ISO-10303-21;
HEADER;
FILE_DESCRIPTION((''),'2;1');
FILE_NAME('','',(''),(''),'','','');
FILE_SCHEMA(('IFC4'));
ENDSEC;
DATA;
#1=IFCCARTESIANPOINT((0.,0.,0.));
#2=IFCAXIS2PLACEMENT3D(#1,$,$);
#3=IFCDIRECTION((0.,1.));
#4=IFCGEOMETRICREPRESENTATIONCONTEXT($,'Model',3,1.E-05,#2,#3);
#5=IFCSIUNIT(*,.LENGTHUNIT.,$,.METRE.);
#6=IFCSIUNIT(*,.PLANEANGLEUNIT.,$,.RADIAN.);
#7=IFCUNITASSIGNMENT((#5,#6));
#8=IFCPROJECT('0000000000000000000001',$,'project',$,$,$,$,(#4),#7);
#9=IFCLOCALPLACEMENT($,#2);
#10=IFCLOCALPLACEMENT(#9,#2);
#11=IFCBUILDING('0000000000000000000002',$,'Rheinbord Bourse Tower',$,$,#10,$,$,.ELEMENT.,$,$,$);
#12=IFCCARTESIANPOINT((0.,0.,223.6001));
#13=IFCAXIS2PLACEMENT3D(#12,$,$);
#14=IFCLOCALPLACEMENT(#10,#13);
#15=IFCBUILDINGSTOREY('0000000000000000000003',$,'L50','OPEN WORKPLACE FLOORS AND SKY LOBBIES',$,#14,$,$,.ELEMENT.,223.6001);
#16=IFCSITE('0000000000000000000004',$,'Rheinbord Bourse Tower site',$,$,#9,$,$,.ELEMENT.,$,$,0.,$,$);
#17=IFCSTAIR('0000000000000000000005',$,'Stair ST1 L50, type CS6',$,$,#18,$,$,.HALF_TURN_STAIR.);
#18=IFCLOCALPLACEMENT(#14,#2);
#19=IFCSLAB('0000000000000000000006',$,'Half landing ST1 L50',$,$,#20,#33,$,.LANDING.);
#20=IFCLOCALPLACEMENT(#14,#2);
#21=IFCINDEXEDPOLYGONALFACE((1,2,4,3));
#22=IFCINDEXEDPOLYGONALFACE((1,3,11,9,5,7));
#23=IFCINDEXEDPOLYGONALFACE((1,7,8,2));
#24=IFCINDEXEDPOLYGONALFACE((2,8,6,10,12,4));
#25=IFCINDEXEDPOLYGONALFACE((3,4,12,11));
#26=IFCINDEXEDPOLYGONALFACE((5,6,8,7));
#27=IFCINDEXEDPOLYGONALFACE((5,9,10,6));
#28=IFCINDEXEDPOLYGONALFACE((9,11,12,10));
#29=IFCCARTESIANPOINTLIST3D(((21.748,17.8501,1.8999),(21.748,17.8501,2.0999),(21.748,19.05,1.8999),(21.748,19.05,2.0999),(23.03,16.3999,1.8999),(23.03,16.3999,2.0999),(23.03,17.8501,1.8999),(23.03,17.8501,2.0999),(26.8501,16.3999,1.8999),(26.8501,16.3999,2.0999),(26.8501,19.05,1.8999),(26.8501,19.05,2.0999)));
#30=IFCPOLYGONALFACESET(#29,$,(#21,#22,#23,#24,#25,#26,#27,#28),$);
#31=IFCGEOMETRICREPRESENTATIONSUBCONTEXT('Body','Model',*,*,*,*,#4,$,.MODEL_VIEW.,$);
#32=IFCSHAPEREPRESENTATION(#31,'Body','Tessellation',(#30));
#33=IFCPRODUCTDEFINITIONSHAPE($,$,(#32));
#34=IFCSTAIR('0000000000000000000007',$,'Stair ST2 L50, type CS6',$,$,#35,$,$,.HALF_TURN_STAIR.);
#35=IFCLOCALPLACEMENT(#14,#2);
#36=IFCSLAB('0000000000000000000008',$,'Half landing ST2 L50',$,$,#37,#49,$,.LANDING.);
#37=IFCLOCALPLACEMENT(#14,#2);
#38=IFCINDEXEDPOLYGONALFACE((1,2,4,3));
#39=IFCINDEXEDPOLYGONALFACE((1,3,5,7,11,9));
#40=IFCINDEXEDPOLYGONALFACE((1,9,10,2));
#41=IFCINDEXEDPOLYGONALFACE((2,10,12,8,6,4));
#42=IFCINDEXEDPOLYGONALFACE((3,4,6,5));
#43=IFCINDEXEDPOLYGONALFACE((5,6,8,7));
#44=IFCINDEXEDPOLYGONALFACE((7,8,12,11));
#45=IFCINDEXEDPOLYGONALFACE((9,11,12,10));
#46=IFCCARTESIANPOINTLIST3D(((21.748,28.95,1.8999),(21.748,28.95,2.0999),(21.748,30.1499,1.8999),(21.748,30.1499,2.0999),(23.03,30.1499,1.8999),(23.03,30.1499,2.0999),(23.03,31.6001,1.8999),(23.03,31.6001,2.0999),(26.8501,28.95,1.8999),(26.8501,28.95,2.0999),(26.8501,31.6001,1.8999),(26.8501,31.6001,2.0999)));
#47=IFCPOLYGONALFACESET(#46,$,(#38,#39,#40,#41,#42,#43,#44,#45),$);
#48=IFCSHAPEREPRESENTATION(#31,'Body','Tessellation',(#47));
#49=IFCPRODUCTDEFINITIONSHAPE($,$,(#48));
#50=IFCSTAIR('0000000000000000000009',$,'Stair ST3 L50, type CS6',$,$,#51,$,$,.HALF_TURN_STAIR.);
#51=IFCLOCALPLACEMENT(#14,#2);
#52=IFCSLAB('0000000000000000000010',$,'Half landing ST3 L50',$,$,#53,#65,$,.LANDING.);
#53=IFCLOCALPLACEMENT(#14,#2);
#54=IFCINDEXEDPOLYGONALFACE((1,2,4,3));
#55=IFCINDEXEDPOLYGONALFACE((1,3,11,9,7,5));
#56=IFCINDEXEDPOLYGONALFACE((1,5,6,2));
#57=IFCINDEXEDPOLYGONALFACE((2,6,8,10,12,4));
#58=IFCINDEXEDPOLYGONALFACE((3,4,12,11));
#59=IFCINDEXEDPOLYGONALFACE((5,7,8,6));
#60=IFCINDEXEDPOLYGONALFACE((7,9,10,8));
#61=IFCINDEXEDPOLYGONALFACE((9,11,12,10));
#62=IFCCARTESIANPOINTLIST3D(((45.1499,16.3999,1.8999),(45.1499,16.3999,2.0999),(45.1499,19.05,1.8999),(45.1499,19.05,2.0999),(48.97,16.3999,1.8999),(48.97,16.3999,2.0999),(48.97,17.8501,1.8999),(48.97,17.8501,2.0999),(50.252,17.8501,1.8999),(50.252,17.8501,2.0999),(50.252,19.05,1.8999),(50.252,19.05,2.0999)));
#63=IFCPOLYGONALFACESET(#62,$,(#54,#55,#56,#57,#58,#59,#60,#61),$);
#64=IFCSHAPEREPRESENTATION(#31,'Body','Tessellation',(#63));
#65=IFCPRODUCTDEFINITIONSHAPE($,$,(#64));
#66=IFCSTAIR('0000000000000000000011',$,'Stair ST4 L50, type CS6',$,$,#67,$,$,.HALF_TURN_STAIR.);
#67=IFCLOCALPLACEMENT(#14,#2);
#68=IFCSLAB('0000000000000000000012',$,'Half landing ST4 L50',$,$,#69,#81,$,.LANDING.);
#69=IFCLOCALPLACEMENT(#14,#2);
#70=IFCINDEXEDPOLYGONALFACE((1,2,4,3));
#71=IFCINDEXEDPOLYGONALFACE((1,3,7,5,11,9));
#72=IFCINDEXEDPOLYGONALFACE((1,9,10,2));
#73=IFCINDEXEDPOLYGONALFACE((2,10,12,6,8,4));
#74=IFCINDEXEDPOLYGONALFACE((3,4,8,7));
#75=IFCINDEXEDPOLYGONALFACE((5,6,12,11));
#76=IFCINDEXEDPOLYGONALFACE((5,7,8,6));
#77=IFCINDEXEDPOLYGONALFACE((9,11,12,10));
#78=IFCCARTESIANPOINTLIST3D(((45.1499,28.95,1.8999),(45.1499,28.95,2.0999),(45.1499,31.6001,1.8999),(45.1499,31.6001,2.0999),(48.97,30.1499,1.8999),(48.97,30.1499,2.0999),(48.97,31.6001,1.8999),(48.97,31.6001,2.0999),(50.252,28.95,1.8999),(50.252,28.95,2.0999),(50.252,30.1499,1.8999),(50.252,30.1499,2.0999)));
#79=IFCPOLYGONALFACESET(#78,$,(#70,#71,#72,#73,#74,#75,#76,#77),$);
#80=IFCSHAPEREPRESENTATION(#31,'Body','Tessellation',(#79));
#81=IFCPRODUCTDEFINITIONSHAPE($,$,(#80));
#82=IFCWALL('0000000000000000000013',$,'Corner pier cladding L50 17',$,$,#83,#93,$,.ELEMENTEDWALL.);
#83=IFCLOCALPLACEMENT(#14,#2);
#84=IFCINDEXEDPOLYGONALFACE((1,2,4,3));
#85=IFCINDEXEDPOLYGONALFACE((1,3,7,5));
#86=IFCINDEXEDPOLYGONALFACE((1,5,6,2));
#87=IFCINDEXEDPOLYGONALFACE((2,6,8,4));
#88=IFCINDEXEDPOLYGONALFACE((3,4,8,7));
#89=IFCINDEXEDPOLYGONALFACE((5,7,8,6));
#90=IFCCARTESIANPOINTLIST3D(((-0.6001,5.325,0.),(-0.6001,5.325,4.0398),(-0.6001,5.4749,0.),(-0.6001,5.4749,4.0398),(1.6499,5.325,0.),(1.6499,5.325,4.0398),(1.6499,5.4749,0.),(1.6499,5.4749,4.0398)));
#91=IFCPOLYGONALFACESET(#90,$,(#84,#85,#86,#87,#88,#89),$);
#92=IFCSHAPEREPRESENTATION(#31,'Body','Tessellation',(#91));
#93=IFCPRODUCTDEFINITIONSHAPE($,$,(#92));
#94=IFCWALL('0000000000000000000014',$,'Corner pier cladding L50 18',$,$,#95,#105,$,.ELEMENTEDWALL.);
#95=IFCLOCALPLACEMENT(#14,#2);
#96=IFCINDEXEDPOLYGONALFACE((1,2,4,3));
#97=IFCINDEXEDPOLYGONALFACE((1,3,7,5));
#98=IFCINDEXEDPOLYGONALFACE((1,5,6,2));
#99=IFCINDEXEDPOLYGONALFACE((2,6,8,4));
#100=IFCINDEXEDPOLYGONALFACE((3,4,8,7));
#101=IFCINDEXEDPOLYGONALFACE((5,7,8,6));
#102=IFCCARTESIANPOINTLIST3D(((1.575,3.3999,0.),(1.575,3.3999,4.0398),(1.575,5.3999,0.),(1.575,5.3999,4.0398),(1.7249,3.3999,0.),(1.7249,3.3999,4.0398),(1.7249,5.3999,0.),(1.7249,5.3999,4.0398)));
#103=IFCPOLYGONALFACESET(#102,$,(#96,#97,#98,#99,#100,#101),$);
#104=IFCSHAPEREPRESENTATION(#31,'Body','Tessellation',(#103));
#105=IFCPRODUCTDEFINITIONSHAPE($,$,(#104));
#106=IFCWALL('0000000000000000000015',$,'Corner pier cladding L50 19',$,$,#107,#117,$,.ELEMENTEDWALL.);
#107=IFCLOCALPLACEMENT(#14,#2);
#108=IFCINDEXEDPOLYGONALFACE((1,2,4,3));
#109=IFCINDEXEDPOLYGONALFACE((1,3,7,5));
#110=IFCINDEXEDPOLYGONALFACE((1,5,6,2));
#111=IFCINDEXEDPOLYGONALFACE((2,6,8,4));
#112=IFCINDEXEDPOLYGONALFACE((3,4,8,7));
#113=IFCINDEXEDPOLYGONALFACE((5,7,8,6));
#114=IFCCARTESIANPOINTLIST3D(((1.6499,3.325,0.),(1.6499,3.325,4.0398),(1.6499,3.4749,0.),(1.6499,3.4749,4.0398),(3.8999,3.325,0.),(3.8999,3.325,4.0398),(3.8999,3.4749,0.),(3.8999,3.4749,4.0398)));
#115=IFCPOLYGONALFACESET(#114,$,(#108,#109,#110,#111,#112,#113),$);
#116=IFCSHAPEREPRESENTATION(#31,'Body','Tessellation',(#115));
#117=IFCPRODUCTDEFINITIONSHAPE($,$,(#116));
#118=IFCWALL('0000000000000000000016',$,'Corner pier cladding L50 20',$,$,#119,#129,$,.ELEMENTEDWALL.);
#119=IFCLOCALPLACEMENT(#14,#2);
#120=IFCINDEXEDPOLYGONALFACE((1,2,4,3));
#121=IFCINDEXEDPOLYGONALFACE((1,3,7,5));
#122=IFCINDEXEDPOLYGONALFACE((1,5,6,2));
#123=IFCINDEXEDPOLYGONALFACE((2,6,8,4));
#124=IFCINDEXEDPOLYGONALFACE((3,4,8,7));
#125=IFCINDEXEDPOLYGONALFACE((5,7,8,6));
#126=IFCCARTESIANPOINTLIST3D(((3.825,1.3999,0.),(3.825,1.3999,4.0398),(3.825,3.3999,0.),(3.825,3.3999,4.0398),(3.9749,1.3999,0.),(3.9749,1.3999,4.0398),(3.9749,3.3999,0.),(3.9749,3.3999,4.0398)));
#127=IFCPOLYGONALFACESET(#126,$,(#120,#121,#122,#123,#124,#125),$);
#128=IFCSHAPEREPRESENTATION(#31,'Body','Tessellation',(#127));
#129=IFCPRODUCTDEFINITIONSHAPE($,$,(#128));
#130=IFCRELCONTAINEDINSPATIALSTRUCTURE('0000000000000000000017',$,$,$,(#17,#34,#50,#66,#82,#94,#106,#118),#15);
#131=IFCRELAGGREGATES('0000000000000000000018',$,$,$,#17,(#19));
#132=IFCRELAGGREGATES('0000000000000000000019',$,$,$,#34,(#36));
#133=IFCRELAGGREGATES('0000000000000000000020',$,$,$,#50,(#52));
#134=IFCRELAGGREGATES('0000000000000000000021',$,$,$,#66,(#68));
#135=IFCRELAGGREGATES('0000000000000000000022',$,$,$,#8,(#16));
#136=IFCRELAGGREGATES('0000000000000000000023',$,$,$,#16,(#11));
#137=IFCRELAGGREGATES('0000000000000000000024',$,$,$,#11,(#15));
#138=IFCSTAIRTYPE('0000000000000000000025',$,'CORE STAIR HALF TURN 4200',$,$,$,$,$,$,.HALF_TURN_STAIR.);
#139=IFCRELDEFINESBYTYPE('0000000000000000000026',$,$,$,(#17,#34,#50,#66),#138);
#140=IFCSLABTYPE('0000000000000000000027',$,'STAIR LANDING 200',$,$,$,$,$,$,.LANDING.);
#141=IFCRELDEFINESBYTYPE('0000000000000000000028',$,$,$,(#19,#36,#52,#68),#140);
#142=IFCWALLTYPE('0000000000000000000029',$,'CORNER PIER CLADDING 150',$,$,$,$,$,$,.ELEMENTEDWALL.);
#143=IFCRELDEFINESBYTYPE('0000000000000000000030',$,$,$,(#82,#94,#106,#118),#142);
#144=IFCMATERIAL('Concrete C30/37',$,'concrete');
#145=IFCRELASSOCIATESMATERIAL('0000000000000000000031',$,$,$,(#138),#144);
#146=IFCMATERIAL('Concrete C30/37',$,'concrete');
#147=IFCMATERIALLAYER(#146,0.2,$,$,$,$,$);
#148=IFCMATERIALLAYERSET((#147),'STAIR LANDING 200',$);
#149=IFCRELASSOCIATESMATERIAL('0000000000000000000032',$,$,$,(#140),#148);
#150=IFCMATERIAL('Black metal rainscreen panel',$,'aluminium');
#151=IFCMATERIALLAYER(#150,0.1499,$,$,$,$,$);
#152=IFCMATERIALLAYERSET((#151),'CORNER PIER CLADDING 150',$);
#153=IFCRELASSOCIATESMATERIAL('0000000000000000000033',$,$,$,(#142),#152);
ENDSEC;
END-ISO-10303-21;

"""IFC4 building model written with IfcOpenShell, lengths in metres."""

from ifc_helpers import new_model, si_unit, direction, frame, frame_2d, origin, place, context, subcontext, project, spatial, polyline, rectangle, outline, extrude, material, layer, layer_set, type_object, element, aggregate, save


model = new_model("IFC4")

# Units and contexts
model_context = context("Model", 3, precision=1e-05, world=origin(), true_north=direction((0.0, 1.0)))
body_context = subcontext(model_context, "Body", "Model", "MODEL_VIEW")
ifc_project = project(units=[si_unit("LENGTHUNIT", "METRE"), si_unit("PLANEANGLEUNIT", "RADIAN")], contexts=[model_context])

# Site, building, storey
site_placement = place(None, origin())
site = spatial("IfcSite", under=ifc_project, at=site_placement, Name="Rheinbord Bourse Tower site", CompositionType="ELEMENT", RefElevation=0.0)
building_placement = place(site_placement, origin())
building = spatial("IfcBuilding", under=site, at=building_placement, Name="Rheinbord Bourse Tower", CompositionType="ELEMENT")
storey_placement = place(building_placement, frame((0.0, 0.0, 223.6001)))
storey = spatial("IfcBuildingStorey", under=building, at=storey_placement, Name="L50", Description="OPEN WORKPLACE FLOORS AND SKY LOBBIES", CompositionType="ELEMENT", Elevation=223.6001)

# Stairs, slabs
ifc_material_1 = material(Name="Concrete C30/37", Category="concrete")
stair_type = type_object("IfcStairType", Name="CORE STAIR HALF TURN 4200", PredefinedType="HALF_TURN_STAIR", material=ifc_material_1)
stair_1_placement = place(storey_placement, origin())
stair_1 = element("IfcStair", 1, at=stair_1_placement, inside=storey, type_object=stair_type, Name="Stair ST1 L50, type CS6", PredefinedType="HALF_TURN_STAIR")
ifc_material_2 = material(Name="Concrete C30/37", Category="concrete")
ifc_layer_1 = layer(ifc_material_2, 0.2)
ifc_layer_set_1 = layer_set([ifc_layer_1], Name="STAIR LANDING 200")
slab_type_1 = type_object("IfcSlabType", Name="STAIR LANDING 200", PredefinedType="LANDING", material=ifc_layer_set_1)
slab_1_placement = place(storey_placement, frame((0.0, 0.0, 1.8999)))
slab_1 = element("IfcSlab", 2, at=slab_1_placement, type_object=slab_type_1, Name="Half landing ST1 L50", PredefinedType="LANDING", context=body_context, shape_type="SweptSolid", body=[
    extrude(outline(polyline([(23.03, 16.3999), (26.8501, 16.3999), (26.8501, 19.05), (21.748, 19.05), (21.748, 17.8501), (23.03, 17.8501), (23.03, 16.3999)])), origin(), (0.0, 0.0, 1.0), 0.2),
])
aggregate(stair_1, [slab_1])
stair_2_placement = place(storey_placement, origin())
stair_2 = element("IfcStair", 3, at=stair_2_placement, inside=storey, type_object=stair_type, Name="Stair ST2 L50, type CS6", PredefinedType="HALF_TURN_STAIR")
slab_2_placement = place(storey_placement, frame((0.0, 0.0, 1.8999)))
slab_2 = element("IfcSlab", 4, at=slab_2_placement, type_object=slab_type_1, Name="Half landing ST2 L50", PredefinedType="LANDING", context=body_context, shape_type="SweptSolid", body=[
    extrude(outline(polyline([(21.748, 28.95), (26.8501, 28.95), (26.8501, 31.6001), (23.03, 31.6001), (23.03, 30.1499), (21.748, 30.1499), (21.748, 28.95)])), origin(), (0.0, 0.0, 1.0), 0.2),
])
aggregate(stair_2, [slab_2])
stair_3_placement = place(storey_placement, origin())
stair_3 = element("IfcStair", 5, at=stair_3_placement, inside=storey, type_object=stair_type, Name="Stair ST3 L50, type CS6", PredefinedType="HALF_TURN_STAIR")
slab_3_placement = place(storey_placement, frame((0.0, 0.0, 1.8999)))
slab_3 = element("IfcSlab", 6, at=slab_3_placement, type_object=slab_type_1, Name="Half landing ST3 L50", PredefinedType="LANDING", context=body_context, shape_type="SweptSolid", body=[
    extrude(outline(polyline([(45.1499, 16.3999), (48.97, 16.3999), (48.97, 17.8501), (50.252, 17.8501), (50.252, 19.05), (45.1499, 19.05), (45.1499, 16.3999)])), origin(), (0.0, 0.0, 1.0), 0.2),
])
aggregate(stair_3, [slab_3])
stair_4_placement = place(storey_placement, origin())
stair_4 = element("IfcStair", 7, at=stair_4_placement, inside=storey, type_object=stair_type, Name="Stair ST4 L50, type CS6", PredefinedType="HALF_TURN_STAIR")
slab_4_placement = place(storey_placement, frame((0.0, 0.0, 1.8999)))
slab_4 = element("IfcSlab", 8, at=slab_4_placement, type_object=slab_type_1, Name="Half landing ST4 L50", PredefinedType="LANDING", context=body_context, shape_type="SweptSolid", body=[
    extrude(outline(polyline([(45.1499, 28.95), (50.252, 28.95), (50.252, 30.1499), (48.97, 30.1499), (48.97, 31.6001), (45.1499, 31.6001), (45.1499, 28.95)])), origin(), (0.0, 0.0, 1.0), 0.2),
])
aggregate(stair_4, [slab_4])

# Walls
ifc_material_3 = material(Name="Black metal rainscreen panel", Category="aluminium")
ifc_layer_2 = layer(ifc_material_3, 0.1499)
ifc_layer_set_2 = layer_set([ifc_layer_2], Name="CORNER PIER CLADDING 150")
wall_type = type_object("IfcWallType", Name="CORNER PIER CLADDING 150", PredefinedType="ELEMENTEDWALL", material=ifc_layer_set_2)
wall_1_placement = place(storey_placement, frame((-0.6001, 5.3999, 0.0), z_axis=(0.0, 0.0, 1.0), x_axis=(1.0, 0.0, 0.0)))
element("IfcWall", 9, at=wall_1_placement, inside=storey, type_object=wall_type, Name="Corner pier cladding L50 17", PredefinedType="ELEMENTEDWALL", context=body_context, shape_type="SweptSolid", body=[
    extrude(rectangle(XDim=2.25, YDim=0.1499, at=frame_2d((1.125, 0.0))), origin(), (0.0, 0.0, 1.0), 4.0398),
])
wall_2_placement = place(storey_placement, frame((1.6499, 5.3999, 0.0), z_axis=(0.0, 0.0, 1.0), x_axis=(0.0, -1.0, 0.0)))
element("IfcWall", 10, at=wall_2_placement, inside=storey, type_object=wall_type, Name="Corner pier cladding L50 18", PredefinedType="ELEMENTEDWALL", context=body_context, shape_type="SweptSolid", body=[
    extrude(rectangle(XDim=2.0, YDim=0.1499, at=frame_2d((1.0, 0.0))), origin(), (0.0, 0.0, 1.0), 4.0398),
])
wall_3_placement = place(storey_placement, frame((1.6499, 3.3999, 0.0), z_axis=(0.0, 0.0, 1.0), x_axis=(1.0, 0.0, 0.0)))
element("IfcWall", 11, at=wall_3_placement, inside=storey, type_object=wall_type, Name="Corner pier cladding L50 19", PredefinedType="ELEMENTEDWALL", context=body_context, shape_type="SweptSolid", body=[
    extrude(rectangle(XDim=2.25, YDim=0.1499, at=frame_2d((1.125, 0.0))), origin(), (0.0, 0.0, 1.0), 4.0398),
])
wall_4_placement = place(storey_placement, frame((3.8999, 3.3999, 0.0), z_axis=(0.0, 0.0, 1.0), x_axis=(0.0, -1.0, 0.0)))
element("IfcWall", 12, at=wall_4_placement, inside=storey, type_object=wall_type, Name="Corner pier cladding L50 20", PredefinedType="ELEMENTEDWALL", context=body_context, shape_type="SweptSolid", body=[
    extrude(rectangle(XDim=2.0, YDim=0.1499, at=frame_2d((1.0, 0.0))), origin(), (0.0, 0.0, 1.0), 4.0398),
])

save(model, "model.ifc")
